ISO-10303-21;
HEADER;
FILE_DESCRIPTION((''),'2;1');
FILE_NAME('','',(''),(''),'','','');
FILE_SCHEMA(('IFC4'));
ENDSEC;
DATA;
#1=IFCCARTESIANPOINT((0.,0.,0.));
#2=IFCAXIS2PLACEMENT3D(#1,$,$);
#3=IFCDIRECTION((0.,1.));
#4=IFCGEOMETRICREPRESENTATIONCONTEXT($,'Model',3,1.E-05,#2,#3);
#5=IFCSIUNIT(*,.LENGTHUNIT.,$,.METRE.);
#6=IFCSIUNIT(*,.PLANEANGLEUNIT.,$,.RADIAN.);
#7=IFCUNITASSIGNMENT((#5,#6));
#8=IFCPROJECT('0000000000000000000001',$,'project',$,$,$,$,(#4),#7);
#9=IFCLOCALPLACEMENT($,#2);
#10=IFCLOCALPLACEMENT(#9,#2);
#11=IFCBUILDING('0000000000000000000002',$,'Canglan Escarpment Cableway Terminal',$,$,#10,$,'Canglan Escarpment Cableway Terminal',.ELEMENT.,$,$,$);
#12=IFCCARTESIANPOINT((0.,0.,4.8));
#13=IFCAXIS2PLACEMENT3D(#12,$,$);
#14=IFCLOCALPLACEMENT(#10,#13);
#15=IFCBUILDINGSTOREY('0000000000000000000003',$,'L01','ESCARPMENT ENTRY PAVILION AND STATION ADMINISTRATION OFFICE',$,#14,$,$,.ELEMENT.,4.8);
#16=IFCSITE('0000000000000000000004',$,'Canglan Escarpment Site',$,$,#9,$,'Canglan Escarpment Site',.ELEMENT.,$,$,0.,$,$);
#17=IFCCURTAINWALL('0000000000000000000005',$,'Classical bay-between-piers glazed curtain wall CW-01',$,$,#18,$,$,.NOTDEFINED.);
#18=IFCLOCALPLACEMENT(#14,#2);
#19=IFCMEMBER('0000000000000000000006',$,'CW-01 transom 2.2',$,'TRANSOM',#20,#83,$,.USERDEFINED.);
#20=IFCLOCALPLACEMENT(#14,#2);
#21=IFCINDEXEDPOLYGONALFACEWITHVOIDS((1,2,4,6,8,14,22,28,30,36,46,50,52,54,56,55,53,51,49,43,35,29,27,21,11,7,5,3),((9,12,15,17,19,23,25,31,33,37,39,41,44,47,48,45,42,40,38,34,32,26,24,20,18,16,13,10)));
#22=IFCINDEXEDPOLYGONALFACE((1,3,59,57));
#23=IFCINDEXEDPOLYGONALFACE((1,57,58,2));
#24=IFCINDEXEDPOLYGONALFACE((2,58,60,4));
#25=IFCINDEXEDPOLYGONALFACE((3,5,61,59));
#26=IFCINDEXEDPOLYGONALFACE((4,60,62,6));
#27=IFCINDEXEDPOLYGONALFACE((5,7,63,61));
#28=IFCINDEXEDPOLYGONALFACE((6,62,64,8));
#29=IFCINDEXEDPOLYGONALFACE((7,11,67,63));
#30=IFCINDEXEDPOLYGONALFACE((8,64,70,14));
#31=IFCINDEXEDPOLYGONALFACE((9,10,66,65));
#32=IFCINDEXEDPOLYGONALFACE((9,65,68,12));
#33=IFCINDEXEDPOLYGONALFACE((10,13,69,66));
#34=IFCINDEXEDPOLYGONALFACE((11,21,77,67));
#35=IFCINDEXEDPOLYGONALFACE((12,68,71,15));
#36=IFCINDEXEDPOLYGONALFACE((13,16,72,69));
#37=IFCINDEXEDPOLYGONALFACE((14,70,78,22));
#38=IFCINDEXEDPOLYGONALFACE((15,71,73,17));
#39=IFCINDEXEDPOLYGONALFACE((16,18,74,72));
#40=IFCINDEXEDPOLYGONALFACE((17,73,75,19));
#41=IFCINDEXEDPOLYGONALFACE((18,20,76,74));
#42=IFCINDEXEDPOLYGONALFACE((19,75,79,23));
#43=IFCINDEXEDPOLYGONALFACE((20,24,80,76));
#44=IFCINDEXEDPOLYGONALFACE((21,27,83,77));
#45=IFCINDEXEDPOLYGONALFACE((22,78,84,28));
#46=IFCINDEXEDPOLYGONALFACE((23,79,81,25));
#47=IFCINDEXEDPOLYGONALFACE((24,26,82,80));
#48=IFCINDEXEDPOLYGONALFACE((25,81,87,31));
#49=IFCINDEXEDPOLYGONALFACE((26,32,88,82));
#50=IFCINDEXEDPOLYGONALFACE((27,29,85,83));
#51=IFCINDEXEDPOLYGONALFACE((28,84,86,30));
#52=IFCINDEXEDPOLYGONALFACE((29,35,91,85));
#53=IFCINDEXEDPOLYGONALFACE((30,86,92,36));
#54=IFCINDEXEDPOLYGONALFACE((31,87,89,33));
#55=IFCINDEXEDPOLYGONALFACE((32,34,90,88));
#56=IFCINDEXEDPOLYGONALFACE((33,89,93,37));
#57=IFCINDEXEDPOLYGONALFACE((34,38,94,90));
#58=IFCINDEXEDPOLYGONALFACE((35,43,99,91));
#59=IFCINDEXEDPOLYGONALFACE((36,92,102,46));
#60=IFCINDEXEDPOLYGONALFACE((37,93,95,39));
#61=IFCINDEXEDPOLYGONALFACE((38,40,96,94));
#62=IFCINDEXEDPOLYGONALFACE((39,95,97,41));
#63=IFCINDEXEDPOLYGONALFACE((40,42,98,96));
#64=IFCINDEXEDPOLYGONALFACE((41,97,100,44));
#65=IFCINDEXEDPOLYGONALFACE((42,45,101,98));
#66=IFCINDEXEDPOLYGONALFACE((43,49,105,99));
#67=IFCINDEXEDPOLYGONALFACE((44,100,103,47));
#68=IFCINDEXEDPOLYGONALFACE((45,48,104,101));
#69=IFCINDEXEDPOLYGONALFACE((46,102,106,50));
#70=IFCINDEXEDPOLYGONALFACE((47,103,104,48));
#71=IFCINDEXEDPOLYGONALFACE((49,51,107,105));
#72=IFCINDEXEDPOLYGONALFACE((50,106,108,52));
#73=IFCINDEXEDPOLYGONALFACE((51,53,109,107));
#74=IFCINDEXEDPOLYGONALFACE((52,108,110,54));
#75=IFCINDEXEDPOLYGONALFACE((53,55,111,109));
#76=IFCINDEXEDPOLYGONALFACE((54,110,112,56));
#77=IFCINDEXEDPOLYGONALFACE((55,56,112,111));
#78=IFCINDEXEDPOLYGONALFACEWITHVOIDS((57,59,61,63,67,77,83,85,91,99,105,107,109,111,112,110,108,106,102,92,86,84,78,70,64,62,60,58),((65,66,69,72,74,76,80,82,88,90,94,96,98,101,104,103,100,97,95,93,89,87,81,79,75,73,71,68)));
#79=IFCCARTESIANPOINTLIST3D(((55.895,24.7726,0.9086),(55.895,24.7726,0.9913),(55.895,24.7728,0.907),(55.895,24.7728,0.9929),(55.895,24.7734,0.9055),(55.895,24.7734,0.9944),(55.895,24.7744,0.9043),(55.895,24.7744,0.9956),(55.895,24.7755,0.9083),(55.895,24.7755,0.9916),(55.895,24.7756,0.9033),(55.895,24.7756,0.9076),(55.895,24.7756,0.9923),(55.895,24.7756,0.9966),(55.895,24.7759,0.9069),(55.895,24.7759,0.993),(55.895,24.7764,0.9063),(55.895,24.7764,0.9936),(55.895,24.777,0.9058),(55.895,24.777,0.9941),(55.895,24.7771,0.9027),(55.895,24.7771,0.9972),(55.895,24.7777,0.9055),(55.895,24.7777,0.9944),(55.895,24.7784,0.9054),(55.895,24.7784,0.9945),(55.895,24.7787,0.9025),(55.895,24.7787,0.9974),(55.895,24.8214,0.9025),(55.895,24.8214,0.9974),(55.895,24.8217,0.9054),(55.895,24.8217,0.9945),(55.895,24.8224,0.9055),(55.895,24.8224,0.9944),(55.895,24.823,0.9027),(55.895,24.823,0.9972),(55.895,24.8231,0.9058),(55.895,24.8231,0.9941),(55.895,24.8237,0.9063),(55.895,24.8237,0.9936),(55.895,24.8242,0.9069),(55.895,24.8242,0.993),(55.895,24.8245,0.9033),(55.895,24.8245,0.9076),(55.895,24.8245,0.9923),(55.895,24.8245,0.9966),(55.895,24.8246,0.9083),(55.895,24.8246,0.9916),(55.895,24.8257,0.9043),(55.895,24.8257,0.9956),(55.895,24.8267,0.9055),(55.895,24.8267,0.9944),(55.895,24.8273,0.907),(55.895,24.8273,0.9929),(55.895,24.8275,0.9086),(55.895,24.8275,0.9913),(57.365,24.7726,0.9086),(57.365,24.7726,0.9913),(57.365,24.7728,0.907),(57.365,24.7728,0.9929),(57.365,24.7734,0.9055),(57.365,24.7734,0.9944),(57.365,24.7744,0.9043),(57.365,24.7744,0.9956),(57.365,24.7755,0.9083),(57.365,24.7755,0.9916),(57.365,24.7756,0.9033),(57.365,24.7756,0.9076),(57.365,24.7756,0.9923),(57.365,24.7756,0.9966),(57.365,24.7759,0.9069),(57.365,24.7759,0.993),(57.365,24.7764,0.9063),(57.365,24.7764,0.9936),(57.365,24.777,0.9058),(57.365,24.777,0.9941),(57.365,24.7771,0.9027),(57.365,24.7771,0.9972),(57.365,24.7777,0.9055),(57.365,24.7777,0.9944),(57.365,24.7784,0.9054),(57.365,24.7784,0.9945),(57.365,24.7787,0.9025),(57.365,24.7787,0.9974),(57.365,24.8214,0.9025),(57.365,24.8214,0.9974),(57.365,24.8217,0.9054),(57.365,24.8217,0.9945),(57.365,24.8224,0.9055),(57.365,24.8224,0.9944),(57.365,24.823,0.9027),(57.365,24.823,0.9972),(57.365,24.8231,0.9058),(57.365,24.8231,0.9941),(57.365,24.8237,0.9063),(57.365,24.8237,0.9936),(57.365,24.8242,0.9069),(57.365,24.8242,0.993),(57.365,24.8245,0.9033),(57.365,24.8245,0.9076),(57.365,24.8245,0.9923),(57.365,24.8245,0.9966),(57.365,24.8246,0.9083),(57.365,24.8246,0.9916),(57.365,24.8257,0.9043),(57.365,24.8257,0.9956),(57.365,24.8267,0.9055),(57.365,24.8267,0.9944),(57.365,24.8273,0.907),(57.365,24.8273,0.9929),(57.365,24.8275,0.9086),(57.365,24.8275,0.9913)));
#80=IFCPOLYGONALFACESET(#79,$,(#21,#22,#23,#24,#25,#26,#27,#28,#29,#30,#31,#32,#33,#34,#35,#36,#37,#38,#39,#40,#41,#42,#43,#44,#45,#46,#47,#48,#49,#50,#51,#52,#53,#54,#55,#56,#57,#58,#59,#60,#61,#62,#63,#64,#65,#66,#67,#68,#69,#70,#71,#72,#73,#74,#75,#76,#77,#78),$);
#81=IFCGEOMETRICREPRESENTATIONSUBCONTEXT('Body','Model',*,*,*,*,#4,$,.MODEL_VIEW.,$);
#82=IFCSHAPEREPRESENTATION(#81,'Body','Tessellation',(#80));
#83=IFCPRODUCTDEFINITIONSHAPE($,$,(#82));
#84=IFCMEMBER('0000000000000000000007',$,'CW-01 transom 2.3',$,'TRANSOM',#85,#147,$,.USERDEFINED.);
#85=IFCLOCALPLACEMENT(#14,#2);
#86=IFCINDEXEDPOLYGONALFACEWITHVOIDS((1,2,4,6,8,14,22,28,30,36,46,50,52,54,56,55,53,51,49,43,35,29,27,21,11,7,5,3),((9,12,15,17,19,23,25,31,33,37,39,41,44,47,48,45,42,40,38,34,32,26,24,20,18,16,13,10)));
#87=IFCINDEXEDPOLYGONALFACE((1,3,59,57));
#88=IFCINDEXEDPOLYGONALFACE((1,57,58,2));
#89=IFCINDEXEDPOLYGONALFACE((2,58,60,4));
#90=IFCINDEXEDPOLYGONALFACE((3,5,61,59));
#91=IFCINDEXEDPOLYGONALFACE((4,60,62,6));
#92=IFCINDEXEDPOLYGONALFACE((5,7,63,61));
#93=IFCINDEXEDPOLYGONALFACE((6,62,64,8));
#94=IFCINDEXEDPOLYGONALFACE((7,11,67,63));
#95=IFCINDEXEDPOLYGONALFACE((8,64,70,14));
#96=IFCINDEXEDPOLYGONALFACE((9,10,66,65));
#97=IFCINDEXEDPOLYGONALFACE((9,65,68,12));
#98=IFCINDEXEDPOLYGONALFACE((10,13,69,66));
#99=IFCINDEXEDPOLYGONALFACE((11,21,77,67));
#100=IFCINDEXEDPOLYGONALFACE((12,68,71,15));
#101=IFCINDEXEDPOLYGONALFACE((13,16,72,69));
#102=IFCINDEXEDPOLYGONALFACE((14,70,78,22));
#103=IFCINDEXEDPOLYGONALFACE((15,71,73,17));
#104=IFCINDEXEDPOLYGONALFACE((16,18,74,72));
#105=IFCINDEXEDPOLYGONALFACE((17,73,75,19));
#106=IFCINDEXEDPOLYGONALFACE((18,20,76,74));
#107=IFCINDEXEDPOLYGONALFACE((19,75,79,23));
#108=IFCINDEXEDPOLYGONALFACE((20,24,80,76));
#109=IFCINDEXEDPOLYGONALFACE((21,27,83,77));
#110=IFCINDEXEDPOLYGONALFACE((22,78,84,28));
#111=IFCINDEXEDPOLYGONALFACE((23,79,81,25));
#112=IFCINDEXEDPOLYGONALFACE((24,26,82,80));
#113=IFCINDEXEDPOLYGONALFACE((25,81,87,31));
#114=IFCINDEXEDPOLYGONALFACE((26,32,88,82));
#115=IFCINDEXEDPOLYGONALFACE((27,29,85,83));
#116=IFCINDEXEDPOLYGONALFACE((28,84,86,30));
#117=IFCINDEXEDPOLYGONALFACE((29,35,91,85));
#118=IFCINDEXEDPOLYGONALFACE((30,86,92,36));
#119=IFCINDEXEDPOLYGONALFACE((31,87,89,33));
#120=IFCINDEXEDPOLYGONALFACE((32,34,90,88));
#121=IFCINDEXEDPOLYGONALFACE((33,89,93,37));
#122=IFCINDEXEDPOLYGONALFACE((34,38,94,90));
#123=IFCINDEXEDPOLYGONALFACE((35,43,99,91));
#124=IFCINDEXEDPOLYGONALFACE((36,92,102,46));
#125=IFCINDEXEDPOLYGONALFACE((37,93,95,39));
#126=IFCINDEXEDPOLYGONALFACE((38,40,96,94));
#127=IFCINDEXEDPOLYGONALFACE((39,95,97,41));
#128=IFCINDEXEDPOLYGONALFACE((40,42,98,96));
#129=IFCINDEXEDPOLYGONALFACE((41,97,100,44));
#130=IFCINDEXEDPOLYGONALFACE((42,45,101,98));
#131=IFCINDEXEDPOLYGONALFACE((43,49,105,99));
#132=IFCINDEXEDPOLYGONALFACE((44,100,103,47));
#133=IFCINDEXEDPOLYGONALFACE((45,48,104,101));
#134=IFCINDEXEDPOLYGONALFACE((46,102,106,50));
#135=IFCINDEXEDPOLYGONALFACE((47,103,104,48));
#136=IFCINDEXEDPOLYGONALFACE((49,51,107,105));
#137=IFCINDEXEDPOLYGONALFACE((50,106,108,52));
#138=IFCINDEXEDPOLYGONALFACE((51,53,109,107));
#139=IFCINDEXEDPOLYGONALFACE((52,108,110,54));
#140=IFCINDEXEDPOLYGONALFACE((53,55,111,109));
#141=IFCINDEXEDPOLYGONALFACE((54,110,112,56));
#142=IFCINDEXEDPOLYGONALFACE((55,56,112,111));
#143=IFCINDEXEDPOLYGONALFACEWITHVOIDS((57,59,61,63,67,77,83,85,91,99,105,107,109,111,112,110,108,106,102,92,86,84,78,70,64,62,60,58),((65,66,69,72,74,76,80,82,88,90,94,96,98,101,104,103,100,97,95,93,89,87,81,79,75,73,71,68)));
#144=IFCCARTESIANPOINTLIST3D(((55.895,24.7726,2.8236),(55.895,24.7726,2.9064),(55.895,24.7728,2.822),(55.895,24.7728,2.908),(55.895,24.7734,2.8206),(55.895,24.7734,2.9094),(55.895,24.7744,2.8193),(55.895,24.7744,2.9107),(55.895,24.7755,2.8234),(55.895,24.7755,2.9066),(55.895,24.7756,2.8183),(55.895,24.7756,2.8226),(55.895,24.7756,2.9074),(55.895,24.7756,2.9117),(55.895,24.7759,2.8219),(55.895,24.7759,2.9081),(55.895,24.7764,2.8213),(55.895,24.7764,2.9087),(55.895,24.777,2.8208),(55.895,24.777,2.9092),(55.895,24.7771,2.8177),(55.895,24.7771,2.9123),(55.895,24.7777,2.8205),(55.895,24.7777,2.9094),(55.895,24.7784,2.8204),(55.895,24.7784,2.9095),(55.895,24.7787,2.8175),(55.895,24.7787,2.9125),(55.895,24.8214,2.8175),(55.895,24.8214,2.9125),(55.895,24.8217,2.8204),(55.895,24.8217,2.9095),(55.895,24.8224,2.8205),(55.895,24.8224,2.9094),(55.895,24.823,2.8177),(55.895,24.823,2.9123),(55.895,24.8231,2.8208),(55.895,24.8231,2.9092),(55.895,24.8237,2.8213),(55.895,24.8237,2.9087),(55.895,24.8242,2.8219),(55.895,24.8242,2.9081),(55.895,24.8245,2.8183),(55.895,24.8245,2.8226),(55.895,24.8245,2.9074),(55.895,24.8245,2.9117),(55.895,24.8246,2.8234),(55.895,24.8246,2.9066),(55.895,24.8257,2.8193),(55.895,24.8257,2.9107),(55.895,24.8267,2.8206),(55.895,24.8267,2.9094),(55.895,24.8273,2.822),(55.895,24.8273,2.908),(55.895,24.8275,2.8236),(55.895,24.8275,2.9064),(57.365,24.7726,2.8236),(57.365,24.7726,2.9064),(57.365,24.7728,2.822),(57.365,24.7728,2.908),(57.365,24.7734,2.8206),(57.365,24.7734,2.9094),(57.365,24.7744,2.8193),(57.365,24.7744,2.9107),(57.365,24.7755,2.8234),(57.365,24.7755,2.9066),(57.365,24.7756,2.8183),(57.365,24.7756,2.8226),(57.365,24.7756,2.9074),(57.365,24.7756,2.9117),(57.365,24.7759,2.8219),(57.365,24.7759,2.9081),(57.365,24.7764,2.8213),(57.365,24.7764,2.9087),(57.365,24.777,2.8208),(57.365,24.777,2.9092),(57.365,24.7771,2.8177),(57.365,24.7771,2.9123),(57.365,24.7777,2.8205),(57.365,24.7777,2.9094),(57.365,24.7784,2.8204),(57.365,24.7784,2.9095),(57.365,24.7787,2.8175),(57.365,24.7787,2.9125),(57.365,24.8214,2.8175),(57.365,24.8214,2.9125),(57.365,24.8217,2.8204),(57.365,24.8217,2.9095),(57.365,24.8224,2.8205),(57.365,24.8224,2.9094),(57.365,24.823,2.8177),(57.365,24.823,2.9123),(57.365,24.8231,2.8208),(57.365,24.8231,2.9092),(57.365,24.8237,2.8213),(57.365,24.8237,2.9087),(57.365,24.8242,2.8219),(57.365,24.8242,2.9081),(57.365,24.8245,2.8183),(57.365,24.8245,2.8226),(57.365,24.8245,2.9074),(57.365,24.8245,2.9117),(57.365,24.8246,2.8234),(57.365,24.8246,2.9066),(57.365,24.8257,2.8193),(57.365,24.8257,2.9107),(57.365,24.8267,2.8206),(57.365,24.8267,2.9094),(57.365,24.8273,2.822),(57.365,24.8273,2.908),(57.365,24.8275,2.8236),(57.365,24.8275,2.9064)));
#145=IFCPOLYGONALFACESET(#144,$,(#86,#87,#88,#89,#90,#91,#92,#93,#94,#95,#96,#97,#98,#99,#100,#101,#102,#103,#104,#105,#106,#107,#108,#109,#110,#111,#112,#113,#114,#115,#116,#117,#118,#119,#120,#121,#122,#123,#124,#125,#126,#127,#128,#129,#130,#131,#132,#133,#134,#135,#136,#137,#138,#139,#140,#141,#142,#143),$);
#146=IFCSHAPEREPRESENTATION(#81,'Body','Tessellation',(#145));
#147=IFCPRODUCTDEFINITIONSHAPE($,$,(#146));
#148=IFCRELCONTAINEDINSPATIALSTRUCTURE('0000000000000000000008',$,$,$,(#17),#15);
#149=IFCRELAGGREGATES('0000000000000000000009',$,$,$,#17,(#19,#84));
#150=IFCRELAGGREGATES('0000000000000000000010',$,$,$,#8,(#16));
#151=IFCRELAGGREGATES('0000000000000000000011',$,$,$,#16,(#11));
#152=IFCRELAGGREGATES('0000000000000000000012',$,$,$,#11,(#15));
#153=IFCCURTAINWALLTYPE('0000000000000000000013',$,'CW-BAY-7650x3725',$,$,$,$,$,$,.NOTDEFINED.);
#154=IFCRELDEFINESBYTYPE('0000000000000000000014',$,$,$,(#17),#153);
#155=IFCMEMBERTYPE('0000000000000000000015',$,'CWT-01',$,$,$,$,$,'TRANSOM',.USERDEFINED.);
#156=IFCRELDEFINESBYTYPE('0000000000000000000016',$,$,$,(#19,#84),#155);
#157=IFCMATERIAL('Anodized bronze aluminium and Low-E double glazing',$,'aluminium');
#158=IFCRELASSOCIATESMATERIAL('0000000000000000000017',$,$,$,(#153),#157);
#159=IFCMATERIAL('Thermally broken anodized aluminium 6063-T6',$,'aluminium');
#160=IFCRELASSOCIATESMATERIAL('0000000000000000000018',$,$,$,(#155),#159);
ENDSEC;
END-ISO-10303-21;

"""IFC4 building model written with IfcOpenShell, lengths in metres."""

from ifc_helpers import new_model, si_unit, direction, frame, origin, origin_2d, place, context, subcontext, project, spatial, hollow_rectangle, extrude, material, material_profile, profile_set, type_object, element, aggregate, save


model = new_model("IFC4")

# Units and contexts
model_context = context("Model", 3, precision=1e-05, world=origin(), true_north=direction((0.0, 1.0)))
body_context = subcontext(model_context, "Body", "Model", "MODEL_VIEW")
ifc_project = project(units=[si_unit("LENGTHUNIT", "METRE"), si_unit("PLANEANGLEUNIT", "RADIAN")], contexts=[model_context])

# Site, building, storey
site_placement = place(None, origin())
site = spatial("IfcSite", under=ifc_project, at=site_placement, Name="Canglan Escarpment Site", LongName="Canglan Escarpment Site", CompositionType="ELEMENT", RefElevation=0.0)
building_placement = place(site_placement, origin())
building = spatial("IfcBuilding", under=site, at=building_placement, Name="Canglan Escarpment Cableway Terminal", LongName="Canglan Escarpment Cableway Terminal", CompositionType="ELEMENT")
storey_placement = place(building_placement, frame((0.0, 0.0, 4.8)))
storey = spatial("IfcBuildingStorey", under=building, at=storey_placement, Name="L01", Description="ESCARPMENT ENTRY PAVILION AND STATION ADMINISTRATION OFFICE", CompositionType="ELEMENT", Elevation=4.8)

# Curtain wall, members
ifc_material_1 = material(Name="Anodized bronze aluminium and Low-E double glazing", Category="aluminium")
curtain_wall_type = type_object("IfcCurtainWallType", Name="CW-BAY-7650x3725", PredefinedType="NOTDEFINED", material=ifc_material_1)
curtain_wall_placement = place(storey_placement, origin())
curtain_wall = element("IfcCurtainWall", 1, at=curtain_wall_placement, inside=storey, type_object=curtain_wall_type, Name="Classical bay-between-piers glazed curtain wall CW-01", PredefinedType="NOTDEFINED")
ifc_material_2 = material(Name="Thermally broken anodized aluminium 6063-T6", Category="aluminium")
ifc_material_profile_1 = material_profile(ifc_material_2, hollow_rectangle(XDim=0.0549, YDim=0.095, WallThickness=0.0029, InnerFilletRadius=0.0029, OuterFilletRadius=0.0061, at=origin_2d()), Name="ALU-TRAN 55x95x3")
ifc_profile_set_1 = profile_set([ifc_material_profile_1], Name="Thermally broken anodized aluminium 6063-T6")
member_type_1 = type_object("IfcMemberType", Name="CWT-01", ElementType="TRANSOM", PredefinedType="USERDEFINED", material=ifc_profile_set_1)
member_1_placement = place(storey_placement, frame((57.365, 24.8, 0.95), z_axis=(-1.0, 0.0, 0.0), x_axis=(0.0, -1.0, 0.0)))
member_1 = element("IfcMember", 2, at=member_1_placement, type_object=member_type_1, Name="CW-01 transom 2.2", ObjectType="TRANSOM", PredefinedType="USERDEFINED", context=body_context, shape_type="SweptSolid", body=[
    extrude(hollow_rectangle(XDim=0.0549, YDim=0.095, WallThickness=0.0029, InnerFilletRadius=0.0029, OuterFilletRadius=0.0061, at=origin_2d()), origin(), (0.0, 0.0, 1.0), 1.47),
])
member_2_placement = place(storey_placement, frame((57.365, 24.8, 2.865), z_axis=(-1.0, 0.0, 0.0), x_axis=(0.0, -1.0, 0.0)))
member_2 = element("IfcMember", 3, at=member_2_placement, type_object=member_type_1, Name="CW-01 transom 2.3", ObjectType="TRANSOM", PredefinedType="USERDEFINED", context=body_context, shape_type="SweptSolid", body=[
    extrude(hollow_rectangle(XDim=0.0549, YDim=0.095, WallThickness=0.0029, InnerFilletRadius=0.0029, OuterFilletRadius=0.0061, at=origin_2d()), origin(), (0.0, 0.0, 1.0), 1.47),
])

aggregate(curtain_wall, [member_1, member_2])

save(model, "model.ifc")
